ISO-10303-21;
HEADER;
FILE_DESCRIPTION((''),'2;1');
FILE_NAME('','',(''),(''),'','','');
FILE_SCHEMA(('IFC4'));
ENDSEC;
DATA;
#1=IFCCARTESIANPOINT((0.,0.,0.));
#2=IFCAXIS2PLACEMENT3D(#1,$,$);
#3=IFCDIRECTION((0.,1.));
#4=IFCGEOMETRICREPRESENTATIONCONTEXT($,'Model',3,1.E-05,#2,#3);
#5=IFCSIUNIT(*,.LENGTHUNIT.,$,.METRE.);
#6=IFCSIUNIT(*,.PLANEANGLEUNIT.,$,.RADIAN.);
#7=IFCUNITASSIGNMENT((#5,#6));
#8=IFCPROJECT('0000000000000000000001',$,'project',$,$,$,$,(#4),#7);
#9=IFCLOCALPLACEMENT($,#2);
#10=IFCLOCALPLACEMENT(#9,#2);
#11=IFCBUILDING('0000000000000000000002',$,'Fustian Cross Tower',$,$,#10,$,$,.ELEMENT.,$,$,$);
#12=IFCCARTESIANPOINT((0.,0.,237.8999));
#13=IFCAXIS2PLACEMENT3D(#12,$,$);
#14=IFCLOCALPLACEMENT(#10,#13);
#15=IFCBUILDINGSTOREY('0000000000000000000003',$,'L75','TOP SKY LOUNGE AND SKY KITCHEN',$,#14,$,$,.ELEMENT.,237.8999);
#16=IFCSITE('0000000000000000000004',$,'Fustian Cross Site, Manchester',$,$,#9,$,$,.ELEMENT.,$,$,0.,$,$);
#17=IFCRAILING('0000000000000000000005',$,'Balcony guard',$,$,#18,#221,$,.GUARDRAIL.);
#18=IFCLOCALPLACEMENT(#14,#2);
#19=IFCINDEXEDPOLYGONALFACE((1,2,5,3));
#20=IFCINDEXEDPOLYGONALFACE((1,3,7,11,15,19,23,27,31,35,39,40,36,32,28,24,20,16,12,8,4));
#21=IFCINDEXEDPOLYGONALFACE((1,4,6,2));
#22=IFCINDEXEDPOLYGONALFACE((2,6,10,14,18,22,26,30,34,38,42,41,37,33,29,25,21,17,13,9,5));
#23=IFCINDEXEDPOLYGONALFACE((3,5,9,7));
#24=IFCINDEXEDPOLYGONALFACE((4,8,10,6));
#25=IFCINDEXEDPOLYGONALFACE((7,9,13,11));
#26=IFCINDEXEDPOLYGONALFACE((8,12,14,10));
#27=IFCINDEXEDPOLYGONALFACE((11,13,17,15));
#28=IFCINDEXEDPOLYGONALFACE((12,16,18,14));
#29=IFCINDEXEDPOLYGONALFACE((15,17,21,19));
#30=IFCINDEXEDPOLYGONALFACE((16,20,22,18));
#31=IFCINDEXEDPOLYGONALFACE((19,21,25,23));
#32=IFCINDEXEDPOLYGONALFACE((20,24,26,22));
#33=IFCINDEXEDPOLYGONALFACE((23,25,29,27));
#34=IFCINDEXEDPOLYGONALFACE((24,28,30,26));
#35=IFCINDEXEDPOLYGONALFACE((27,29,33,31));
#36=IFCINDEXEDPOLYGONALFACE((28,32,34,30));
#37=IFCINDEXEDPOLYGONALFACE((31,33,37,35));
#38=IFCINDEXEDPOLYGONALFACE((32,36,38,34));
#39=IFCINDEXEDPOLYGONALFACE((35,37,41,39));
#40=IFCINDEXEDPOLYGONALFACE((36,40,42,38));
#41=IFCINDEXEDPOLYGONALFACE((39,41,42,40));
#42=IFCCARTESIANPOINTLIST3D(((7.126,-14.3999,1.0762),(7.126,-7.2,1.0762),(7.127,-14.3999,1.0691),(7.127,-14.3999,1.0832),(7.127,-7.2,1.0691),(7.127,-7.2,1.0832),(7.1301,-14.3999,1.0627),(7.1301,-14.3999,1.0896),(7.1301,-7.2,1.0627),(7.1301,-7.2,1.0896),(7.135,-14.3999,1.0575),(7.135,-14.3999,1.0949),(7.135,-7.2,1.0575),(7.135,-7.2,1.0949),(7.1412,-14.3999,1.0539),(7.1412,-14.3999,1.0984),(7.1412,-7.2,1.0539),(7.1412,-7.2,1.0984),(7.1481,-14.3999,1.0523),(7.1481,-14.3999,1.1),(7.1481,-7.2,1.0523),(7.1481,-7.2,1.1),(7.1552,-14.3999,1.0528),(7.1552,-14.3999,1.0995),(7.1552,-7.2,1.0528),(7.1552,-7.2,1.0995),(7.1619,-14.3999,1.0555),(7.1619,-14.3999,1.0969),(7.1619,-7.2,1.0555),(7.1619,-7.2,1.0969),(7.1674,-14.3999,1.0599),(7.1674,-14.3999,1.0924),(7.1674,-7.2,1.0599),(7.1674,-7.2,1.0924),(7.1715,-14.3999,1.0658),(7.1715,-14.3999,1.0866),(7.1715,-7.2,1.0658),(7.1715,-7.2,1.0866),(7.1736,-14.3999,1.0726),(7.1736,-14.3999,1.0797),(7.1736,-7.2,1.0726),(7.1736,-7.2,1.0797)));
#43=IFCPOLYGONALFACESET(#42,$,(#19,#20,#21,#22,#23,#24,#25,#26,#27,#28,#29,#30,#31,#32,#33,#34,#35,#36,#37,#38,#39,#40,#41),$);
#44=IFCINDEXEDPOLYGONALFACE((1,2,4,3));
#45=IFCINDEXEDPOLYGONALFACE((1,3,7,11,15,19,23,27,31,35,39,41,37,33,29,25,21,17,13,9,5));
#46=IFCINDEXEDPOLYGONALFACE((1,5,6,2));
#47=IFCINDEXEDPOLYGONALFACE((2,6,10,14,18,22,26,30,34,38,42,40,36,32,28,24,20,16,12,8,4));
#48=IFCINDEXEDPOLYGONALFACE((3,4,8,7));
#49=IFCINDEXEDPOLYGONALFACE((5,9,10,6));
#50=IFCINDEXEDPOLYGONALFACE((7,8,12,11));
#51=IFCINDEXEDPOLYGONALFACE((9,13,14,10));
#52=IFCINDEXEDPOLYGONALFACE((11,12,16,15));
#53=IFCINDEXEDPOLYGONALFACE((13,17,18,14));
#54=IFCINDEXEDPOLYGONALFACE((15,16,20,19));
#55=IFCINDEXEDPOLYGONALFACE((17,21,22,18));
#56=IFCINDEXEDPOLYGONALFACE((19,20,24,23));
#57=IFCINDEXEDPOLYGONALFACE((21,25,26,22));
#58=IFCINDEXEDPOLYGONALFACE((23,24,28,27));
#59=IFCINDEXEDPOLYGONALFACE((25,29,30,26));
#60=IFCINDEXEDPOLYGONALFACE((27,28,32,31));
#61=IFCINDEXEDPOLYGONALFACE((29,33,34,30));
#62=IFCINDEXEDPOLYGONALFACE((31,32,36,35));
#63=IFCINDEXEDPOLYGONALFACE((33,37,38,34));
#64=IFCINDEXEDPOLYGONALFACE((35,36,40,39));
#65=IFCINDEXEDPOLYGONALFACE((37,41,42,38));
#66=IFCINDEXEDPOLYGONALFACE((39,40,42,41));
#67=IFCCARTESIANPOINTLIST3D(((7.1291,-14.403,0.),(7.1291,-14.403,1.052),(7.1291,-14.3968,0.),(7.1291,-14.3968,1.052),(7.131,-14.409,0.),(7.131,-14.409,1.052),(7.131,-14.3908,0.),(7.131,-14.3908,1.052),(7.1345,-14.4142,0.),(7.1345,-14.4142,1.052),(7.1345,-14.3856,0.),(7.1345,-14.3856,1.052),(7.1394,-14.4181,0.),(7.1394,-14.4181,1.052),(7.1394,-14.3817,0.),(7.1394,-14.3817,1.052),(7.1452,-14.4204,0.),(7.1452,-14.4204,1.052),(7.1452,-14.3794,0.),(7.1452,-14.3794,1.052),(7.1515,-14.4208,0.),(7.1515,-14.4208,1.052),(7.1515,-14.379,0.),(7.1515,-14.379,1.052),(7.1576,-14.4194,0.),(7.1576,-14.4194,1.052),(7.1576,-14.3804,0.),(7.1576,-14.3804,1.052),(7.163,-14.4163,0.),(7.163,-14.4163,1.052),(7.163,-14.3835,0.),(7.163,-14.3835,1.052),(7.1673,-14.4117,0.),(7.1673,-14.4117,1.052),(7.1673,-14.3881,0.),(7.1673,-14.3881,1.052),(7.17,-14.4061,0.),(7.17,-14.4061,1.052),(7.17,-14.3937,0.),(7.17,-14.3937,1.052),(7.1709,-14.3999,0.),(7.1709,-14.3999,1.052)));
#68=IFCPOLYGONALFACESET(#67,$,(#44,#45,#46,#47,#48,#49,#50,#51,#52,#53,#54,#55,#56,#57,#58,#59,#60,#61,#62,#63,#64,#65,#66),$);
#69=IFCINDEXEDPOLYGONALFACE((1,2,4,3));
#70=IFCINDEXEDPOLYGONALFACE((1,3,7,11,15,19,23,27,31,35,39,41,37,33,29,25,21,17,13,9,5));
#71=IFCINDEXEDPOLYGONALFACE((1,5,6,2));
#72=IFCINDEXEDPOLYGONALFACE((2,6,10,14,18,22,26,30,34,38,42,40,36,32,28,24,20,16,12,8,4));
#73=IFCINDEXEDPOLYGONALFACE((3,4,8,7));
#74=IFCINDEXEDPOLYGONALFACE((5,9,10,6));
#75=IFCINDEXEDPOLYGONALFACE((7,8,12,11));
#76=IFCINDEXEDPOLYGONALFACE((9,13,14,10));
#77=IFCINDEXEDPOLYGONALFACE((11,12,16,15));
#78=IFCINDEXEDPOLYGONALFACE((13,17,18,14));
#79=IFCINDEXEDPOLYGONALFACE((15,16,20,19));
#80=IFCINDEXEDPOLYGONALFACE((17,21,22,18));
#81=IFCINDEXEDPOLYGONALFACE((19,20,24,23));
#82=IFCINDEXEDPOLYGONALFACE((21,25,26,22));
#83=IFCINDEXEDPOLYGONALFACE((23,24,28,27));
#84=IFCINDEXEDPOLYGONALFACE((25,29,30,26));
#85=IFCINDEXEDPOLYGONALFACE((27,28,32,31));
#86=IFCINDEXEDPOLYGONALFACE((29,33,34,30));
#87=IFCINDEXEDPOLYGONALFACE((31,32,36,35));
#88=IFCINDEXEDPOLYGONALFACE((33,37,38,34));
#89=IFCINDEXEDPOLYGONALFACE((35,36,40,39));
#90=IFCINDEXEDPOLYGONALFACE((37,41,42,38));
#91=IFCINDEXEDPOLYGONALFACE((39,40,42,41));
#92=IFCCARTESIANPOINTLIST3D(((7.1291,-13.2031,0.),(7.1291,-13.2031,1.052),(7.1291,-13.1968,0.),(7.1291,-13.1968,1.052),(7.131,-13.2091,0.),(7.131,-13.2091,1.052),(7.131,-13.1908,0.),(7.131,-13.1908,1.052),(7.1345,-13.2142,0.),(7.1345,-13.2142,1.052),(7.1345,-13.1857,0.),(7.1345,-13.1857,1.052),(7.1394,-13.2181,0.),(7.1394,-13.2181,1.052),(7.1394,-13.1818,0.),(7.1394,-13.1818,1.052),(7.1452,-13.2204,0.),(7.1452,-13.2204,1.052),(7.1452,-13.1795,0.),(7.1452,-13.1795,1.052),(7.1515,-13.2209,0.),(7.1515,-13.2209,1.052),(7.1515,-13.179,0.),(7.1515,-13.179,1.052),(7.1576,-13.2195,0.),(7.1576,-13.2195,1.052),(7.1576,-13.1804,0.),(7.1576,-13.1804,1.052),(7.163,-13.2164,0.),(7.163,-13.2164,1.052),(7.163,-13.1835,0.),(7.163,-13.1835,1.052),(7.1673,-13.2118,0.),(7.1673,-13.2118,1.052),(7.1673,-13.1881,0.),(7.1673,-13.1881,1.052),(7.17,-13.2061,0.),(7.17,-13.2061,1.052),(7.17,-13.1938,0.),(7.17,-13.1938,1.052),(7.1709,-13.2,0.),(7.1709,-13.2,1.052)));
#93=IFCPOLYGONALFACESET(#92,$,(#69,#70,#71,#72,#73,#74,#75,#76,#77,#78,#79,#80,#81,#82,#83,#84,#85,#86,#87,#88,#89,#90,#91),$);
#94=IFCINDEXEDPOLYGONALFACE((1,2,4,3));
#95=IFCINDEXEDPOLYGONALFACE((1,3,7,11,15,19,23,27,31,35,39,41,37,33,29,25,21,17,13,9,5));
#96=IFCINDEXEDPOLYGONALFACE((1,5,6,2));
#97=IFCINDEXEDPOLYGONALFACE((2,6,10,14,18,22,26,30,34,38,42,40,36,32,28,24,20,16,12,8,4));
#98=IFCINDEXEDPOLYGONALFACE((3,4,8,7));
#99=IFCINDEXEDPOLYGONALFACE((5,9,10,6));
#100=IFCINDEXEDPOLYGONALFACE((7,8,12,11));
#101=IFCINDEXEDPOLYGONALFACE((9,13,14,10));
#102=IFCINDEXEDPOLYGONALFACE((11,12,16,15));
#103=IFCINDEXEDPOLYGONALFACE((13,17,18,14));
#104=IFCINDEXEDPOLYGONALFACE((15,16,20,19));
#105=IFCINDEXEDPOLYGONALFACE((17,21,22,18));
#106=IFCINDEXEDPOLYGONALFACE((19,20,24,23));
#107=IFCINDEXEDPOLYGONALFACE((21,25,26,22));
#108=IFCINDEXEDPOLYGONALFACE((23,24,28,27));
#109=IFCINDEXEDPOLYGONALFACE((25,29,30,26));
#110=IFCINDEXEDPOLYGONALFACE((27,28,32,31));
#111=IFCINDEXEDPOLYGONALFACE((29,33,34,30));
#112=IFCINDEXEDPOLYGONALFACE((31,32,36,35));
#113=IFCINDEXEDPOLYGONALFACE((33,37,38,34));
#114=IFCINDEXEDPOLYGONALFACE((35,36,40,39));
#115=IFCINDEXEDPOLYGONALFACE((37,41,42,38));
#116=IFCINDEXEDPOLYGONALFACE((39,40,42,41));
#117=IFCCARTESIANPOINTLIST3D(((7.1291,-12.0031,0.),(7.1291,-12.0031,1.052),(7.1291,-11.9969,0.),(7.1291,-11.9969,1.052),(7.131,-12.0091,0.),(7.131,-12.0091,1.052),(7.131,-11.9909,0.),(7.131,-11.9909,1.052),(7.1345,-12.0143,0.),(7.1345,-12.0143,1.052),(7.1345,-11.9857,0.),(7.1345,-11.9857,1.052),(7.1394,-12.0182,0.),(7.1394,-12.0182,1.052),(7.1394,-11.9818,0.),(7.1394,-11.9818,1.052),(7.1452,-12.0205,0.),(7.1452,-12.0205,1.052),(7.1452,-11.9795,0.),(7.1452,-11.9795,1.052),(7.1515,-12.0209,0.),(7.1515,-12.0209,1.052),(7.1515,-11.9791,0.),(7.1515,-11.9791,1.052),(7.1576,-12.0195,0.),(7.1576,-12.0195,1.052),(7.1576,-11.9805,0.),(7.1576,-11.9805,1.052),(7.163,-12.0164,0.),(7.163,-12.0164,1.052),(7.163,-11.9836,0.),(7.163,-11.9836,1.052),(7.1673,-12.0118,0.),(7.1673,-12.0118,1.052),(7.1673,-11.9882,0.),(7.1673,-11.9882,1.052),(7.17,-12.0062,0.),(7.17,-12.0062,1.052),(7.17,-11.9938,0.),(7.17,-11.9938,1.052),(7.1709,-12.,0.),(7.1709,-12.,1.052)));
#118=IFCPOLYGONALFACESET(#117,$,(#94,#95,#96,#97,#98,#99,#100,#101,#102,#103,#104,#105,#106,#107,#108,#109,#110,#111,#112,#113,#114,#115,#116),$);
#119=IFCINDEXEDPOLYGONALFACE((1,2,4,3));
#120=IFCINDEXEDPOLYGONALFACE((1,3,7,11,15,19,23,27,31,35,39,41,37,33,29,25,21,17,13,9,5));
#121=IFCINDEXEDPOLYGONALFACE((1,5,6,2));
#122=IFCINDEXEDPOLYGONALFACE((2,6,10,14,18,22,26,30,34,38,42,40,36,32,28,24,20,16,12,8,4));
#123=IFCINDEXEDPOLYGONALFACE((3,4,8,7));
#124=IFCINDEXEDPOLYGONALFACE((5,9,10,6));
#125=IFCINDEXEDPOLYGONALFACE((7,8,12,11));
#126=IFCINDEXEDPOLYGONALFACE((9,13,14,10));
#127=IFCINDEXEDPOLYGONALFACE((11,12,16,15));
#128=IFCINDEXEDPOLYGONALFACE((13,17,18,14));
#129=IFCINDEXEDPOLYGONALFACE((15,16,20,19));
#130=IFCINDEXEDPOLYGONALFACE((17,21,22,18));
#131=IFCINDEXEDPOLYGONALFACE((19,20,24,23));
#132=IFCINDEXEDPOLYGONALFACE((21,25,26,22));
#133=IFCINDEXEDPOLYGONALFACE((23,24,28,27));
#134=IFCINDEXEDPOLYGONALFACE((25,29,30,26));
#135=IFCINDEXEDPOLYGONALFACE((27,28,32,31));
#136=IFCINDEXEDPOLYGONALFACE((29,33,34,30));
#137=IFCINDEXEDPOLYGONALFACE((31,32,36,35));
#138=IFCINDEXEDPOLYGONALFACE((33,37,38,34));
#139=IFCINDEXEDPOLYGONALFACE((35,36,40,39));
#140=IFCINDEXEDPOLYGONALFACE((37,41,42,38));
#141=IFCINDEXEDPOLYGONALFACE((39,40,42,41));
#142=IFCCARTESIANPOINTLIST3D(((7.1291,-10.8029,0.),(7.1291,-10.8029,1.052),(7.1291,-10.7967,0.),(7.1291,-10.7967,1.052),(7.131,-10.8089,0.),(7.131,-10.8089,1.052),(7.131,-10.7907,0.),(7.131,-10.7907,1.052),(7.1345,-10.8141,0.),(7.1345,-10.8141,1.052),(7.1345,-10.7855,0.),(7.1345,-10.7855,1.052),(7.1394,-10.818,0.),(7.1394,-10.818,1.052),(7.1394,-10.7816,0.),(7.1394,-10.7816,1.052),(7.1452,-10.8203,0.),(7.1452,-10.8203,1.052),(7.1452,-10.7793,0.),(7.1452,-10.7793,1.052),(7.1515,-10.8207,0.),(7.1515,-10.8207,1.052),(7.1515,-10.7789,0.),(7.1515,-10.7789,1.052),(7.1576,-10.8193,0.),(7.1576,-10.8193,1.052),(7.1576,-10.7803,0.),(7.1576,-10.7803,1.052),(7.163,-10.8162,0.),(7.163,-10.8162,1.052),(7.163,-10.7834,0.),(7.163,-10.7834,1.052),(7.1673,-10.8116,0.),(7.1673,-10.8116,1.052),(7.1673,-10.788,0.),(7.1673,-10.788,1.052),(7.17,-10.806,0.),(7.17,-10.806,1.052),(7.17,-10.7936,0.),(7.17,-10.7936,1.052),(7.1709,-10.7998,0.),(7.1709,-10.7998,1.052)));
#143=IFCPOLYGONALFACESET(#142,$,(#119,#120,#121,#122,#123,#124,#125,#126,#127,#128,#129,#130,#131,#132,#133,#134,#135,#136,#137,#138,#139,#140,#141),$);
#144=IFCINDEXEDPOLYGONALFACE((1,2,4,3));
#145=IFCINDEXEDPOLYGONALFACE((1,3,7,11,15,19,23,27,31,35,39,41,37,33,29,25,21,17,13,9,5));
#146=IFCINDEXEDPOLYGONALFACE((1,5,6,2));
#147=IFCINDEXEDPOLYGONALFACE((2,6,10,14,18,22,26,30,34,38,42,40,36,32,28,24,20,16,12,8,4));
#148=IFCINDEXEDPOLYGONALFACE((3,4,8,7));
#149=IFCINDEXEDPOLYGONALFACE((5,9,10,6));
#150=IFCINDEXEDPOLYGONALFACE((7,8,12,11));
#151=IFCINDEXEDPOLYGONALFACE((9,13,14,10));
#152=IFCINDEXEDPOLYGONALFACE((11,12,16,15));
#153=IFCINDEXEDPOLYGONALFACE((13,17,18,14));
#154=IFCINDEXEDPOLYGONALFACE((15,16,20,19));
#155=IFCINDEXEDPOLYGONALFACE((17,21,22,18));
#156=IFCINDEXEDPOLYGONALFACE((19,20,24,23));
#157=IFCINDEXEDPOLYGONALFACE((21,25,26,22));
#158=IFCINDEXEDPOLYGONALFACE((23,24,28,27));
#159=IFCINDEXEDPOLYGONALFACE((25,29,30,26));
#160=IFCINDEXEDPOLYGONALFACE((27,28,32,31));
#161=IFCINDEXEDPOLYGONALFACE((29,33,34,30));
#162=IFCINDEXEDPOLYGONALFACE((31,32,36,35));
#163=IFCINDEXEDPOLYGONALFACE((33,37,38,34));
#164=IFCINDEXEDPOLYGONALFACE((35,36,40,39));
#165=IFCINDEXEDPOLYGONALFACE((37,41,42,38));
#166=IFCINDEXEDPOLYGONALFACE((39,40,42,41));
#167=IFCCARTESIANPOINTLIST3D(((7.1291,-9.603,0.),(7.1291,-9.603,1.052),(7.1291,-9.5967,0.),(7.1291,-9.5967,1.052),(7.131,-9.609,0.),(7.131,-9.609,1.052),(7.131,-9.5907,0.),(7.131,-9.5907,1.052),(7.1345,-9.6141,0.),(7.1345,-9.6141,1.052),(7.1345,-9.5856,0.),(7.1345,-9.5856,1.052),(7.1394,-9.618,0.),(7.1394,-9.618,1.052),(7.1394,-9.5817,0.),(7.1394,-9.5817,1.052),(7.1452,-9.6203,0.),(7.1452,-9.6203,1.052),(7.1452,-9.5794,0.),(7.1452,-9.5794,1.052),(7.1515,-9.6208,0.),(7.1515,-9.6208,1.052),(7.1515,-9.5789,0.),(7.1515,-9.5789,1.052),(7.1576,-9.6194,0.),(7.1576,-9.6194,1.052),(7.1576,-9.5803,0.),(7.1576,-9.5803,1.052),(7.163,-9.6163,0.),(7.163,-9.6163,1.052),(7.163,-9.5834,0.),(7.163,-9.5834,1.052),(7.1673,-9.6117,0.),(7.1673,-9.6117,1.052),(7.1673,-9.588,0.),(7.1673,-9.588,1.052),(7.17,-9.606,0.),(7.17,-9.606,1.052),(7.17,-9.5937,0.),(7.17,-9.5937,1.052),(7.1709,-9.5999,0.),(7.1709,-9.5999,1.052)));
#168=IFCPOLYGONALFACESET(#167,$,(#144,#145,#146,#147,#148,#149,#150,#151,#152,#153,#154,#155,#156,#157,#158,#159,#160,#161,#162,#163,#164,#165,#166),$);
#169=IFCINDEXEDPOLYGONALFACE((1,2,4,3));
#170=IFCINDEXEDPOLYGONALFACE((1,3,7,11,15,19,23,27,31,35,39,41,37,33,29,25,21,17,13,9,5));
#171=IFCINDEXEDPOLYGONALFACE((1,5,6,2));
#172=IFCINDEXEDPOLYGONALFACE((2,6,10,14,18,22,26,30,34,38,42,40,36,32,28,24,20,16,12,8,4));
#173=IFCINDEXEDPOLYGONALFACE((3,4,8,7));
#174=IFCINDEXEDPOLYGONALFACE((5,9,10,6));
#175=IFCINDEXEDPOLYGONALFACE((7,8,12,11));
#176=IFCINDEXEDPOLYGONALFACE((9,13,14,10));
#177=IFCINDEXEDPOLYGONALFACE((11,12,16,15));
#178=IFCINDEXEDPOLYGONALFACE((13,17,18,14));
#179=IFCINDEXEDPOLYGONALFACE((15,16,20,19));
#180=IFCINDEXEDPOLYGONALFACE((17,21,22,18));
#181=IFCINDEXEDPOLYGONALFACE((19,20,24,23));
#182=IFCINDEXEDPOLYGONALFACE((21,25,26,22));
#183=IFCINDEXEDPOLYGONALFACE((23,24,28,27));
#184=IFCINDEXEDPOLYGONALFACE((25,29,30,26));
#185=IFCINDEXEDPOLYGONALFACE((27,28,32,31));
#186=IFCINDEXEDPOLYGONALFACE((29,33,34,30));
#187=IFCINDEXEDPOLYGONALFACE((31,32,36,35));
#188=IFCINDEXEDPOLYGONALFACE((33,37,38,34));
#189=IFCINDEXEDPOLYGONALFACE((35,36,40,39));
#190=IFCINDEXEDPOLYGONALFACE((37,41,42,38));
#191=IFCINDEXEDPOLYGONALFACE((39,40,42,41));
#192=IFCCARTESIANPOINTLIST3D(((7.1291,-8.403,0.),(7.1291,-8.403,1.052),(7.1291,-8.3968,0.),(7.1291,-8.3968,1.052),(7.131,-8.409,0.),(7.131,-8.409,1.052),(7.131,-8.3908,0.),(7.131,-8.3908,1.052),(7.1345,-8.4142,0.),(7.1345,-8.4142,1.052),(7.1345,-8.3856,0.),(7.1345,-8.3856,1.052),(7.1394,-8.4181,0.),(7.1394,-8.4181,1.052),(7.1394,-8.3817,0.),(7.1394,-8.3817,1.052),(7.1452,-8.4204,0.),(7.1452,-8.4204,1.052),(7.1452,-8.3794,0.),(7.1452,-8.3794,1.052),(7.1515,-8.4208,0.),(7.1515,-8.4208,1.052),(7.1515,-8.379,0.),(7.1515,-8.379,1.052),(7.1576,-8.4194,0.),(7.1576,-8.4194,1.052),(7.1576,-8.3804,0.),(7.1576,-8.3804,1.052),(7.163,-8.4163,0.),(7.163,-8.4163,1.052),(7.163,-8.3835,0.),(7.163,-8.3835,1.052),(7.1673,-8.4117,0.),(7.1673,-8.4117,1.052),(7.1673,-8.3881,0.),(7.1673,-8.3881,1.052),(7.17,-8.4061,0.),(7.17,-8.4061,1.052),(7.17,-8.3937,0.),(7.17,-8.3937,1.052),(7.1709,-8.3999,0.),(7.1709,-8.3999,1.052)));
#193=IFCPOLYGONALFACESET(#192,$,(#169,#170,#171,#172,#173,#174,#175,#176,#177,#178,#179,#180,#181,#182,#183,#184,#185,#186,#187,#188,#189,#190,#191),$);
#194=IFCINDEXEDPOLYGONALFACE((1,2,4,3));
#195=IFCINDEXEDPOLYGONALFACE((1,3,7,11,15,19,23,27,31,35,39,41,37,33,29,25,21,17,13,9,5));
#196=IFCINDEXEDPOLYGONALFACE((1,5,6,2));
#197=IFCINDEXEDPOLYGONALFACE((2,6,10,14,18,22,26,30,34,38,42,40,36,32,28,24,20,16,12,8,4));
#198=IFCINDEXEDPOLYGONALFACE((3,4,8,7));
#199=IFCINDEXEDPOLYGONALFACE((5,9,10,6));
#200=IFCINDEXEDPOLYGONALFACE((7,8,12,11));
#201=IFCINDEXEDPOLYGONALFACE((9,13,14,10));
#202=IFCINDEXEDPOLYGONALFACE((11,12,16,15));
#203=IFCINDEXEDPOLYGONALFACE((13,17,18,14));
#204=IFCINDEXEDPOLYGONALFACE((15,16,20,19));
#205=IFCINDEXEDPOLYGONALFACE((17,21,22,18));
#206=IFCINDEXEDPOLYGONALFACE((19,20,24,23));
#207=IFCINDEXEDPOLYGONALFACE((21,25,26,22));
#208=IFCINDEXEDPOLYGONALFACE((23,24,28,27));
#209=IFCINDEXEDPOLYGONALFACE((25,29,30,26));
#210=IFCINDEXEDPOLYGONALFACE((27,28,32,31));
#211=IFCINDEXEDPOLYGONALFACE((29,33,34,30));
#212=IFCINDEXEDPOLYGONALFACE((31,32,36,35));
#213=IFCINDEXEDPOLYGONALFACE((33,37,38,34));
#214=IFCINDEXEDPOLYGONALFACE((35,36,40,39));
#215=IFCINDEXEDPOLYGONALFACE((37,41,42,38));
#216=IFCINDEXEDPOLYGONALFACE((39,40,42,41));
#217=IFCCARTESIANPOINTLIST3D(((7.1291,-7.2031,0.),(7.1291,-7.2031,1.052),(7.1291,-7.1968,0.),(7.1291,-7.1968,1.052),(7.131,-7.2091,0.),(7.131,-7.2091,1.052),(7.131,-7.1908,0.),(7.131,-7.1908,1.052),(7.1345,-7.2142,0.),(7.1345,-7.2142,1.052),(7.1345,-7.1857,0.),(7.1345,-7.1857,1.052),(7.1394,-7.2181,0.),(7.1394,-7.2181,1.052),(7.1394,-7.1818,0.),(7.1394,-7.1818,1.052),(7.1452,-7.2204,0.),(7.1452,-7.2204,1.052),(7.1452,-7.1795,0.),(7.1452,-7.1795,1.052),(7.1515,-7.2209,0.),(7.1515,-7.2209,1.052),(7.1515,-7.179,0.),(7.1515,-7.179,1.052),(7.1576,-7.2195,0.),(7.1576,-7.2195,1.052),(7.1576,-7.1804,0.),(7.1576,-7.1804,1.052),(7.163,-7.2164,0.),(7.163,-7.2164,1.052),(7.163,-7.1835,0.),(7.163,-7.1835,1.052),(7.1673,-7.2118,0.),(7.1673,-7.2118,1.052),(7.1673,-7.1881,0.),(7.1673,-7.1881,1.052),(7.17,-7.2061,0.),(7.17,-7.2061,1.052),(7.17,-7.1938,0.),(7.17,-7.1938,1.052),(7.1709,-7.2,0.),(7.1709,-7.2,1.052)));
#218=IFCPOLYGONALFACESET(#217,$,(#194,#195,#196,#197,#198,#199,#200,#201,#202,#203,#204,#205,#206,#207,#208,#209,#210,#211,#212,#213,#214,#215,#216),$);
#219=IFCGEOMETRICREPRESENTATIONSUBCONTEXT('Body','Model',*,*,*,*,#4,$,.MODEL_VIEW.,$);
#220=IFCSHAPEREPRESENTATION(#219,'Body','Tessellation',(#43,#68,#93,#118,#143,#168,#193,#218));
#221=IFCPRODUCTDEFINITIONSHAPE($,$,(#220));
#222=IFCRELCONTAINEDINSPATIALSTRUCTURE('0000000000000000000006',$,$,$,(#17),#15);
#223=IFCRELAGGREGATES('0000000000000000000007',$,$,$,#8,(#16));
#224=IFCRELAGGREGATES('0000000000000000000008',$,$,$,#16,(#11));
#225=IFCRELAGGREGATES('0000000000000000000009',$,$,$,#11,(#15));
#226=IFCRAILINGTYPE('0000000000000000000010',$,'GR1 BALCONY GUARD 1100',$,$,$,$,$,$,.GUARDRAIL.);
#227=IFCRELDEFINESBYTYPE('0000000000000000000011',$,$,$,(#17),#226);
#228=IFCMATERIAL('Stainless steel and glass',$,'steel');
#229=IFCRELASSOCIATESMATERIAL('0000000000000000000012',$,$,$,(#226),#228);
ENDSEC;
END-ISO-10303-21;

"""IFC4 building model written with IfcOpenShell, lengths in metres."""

from ifc_helpers import new_model, si_unit, direction, frame, origin, origin_2d, place, context, subcontext, project, spatial, circle, extrude, material, type_object, element, save


model = new_model("IFC4")

# Units and contexts
model_context = context("Model", 3, precision=1e-05, world=origin(), true_north=direction((0.0, 1.0)))
body_context = subcontext(model_context, "Body", "Model", "MODEL_VIEW")
ifc_project = project(units=[si_unit("LENGTHUNIT", "METRE"), si_unit("PLANEANGLEUNIT", "RADIAN")], contexts=[model_context])

# Site, building, storey
site_placement = place(None, origin())
site = spatial("IfcSite", under=ifc_project, at=site_placement, Name="Fustian Cross Site, Manchester", CompositionType="ELEMENT", RefElevation=0.0)
building_placement = place(site_placement, origin())
building = spatial("IfcBuilding", under=site, at=building_placement, Name="Fustian Cross Tower", CompositionType="ELEMENT")
storey_placement = place(building_placement, frame((0.0, 0.0, 237.8999)))
storey = spatial("IfcBuildingStorey", under=building, at=storey_placement, Name="L75", Description="TOP SKY LOUNGE AND SKY KITCHEN", CompositionType="ELEMENT", Elevation=237.8999)

# Railing
ifc_material_1 = material(Name="Stainless steel and glass", Category="steel")
railing_type_1 = type_object("IfcRailingType", Name="GR1 BALCONY GUARD 1100", PredefinedType="GUARDRAIL", material=ifc_material_1)
railing_1_placement = place(storey_placement, frame((7.1499, -14.3999, 0.0)))
element("IfcRailing", 1, at=railing_1_placement, inside=storey, type_object=railing_type_1, Name="Balcony guard", PredefinedType="GUARDRAIL", context=body_context, shape_type="SweptSolid", body=[
    extrude(circle(Radius=0.0239, at=origin_2d()), frame((0.0, 0.0, 1.0762), z_axis=(0.0, 1.0, 0.0), x_axis=(-1.0, 0.0, 0.0)), (0.0, 0.0, 1.0), 7.2),
    extrude(circle(Radius=0.021, at=origin_2d()), origin(), (0.0, 0.0, 1.0), 1.052),
    extrude(circle(Radius=0.021, at=origin_2d()), frame((0.0, 1.2, 0.0)), (0.0, 0.0, 1.0), 1.052),
    extrude(circle(Radius=0.021, at=origin_2d()), frame((0.0, 2.3999, 0.0)), (0.0, 0.0, 1.0), 1.052),
    extrude(circle(Radius=0.021, at=origin_2d()), frame((0.0, 3.6001, 0.0)), (0.0, 0.0, 1.0), 1.052),
    extrude(circle(Radius=0.021, at=origin_2d()), frame((0.0, 4.8, 0.0)), (0.0, 0.0, 1.0), 1.052),
    extrude(circle(Radius=0.021, at=origin_2d()), frame((0.0, 6.0, 0.0)), (0.0, 0.0, 1.0), 1.052),
    extrude(circle(Radius=0.021, at=origin_2d()), frame((0.0, 7.2, 0.0)), (0.0, 0.0, 1.0), 1.052),
])

save(model, "model.ifc")
